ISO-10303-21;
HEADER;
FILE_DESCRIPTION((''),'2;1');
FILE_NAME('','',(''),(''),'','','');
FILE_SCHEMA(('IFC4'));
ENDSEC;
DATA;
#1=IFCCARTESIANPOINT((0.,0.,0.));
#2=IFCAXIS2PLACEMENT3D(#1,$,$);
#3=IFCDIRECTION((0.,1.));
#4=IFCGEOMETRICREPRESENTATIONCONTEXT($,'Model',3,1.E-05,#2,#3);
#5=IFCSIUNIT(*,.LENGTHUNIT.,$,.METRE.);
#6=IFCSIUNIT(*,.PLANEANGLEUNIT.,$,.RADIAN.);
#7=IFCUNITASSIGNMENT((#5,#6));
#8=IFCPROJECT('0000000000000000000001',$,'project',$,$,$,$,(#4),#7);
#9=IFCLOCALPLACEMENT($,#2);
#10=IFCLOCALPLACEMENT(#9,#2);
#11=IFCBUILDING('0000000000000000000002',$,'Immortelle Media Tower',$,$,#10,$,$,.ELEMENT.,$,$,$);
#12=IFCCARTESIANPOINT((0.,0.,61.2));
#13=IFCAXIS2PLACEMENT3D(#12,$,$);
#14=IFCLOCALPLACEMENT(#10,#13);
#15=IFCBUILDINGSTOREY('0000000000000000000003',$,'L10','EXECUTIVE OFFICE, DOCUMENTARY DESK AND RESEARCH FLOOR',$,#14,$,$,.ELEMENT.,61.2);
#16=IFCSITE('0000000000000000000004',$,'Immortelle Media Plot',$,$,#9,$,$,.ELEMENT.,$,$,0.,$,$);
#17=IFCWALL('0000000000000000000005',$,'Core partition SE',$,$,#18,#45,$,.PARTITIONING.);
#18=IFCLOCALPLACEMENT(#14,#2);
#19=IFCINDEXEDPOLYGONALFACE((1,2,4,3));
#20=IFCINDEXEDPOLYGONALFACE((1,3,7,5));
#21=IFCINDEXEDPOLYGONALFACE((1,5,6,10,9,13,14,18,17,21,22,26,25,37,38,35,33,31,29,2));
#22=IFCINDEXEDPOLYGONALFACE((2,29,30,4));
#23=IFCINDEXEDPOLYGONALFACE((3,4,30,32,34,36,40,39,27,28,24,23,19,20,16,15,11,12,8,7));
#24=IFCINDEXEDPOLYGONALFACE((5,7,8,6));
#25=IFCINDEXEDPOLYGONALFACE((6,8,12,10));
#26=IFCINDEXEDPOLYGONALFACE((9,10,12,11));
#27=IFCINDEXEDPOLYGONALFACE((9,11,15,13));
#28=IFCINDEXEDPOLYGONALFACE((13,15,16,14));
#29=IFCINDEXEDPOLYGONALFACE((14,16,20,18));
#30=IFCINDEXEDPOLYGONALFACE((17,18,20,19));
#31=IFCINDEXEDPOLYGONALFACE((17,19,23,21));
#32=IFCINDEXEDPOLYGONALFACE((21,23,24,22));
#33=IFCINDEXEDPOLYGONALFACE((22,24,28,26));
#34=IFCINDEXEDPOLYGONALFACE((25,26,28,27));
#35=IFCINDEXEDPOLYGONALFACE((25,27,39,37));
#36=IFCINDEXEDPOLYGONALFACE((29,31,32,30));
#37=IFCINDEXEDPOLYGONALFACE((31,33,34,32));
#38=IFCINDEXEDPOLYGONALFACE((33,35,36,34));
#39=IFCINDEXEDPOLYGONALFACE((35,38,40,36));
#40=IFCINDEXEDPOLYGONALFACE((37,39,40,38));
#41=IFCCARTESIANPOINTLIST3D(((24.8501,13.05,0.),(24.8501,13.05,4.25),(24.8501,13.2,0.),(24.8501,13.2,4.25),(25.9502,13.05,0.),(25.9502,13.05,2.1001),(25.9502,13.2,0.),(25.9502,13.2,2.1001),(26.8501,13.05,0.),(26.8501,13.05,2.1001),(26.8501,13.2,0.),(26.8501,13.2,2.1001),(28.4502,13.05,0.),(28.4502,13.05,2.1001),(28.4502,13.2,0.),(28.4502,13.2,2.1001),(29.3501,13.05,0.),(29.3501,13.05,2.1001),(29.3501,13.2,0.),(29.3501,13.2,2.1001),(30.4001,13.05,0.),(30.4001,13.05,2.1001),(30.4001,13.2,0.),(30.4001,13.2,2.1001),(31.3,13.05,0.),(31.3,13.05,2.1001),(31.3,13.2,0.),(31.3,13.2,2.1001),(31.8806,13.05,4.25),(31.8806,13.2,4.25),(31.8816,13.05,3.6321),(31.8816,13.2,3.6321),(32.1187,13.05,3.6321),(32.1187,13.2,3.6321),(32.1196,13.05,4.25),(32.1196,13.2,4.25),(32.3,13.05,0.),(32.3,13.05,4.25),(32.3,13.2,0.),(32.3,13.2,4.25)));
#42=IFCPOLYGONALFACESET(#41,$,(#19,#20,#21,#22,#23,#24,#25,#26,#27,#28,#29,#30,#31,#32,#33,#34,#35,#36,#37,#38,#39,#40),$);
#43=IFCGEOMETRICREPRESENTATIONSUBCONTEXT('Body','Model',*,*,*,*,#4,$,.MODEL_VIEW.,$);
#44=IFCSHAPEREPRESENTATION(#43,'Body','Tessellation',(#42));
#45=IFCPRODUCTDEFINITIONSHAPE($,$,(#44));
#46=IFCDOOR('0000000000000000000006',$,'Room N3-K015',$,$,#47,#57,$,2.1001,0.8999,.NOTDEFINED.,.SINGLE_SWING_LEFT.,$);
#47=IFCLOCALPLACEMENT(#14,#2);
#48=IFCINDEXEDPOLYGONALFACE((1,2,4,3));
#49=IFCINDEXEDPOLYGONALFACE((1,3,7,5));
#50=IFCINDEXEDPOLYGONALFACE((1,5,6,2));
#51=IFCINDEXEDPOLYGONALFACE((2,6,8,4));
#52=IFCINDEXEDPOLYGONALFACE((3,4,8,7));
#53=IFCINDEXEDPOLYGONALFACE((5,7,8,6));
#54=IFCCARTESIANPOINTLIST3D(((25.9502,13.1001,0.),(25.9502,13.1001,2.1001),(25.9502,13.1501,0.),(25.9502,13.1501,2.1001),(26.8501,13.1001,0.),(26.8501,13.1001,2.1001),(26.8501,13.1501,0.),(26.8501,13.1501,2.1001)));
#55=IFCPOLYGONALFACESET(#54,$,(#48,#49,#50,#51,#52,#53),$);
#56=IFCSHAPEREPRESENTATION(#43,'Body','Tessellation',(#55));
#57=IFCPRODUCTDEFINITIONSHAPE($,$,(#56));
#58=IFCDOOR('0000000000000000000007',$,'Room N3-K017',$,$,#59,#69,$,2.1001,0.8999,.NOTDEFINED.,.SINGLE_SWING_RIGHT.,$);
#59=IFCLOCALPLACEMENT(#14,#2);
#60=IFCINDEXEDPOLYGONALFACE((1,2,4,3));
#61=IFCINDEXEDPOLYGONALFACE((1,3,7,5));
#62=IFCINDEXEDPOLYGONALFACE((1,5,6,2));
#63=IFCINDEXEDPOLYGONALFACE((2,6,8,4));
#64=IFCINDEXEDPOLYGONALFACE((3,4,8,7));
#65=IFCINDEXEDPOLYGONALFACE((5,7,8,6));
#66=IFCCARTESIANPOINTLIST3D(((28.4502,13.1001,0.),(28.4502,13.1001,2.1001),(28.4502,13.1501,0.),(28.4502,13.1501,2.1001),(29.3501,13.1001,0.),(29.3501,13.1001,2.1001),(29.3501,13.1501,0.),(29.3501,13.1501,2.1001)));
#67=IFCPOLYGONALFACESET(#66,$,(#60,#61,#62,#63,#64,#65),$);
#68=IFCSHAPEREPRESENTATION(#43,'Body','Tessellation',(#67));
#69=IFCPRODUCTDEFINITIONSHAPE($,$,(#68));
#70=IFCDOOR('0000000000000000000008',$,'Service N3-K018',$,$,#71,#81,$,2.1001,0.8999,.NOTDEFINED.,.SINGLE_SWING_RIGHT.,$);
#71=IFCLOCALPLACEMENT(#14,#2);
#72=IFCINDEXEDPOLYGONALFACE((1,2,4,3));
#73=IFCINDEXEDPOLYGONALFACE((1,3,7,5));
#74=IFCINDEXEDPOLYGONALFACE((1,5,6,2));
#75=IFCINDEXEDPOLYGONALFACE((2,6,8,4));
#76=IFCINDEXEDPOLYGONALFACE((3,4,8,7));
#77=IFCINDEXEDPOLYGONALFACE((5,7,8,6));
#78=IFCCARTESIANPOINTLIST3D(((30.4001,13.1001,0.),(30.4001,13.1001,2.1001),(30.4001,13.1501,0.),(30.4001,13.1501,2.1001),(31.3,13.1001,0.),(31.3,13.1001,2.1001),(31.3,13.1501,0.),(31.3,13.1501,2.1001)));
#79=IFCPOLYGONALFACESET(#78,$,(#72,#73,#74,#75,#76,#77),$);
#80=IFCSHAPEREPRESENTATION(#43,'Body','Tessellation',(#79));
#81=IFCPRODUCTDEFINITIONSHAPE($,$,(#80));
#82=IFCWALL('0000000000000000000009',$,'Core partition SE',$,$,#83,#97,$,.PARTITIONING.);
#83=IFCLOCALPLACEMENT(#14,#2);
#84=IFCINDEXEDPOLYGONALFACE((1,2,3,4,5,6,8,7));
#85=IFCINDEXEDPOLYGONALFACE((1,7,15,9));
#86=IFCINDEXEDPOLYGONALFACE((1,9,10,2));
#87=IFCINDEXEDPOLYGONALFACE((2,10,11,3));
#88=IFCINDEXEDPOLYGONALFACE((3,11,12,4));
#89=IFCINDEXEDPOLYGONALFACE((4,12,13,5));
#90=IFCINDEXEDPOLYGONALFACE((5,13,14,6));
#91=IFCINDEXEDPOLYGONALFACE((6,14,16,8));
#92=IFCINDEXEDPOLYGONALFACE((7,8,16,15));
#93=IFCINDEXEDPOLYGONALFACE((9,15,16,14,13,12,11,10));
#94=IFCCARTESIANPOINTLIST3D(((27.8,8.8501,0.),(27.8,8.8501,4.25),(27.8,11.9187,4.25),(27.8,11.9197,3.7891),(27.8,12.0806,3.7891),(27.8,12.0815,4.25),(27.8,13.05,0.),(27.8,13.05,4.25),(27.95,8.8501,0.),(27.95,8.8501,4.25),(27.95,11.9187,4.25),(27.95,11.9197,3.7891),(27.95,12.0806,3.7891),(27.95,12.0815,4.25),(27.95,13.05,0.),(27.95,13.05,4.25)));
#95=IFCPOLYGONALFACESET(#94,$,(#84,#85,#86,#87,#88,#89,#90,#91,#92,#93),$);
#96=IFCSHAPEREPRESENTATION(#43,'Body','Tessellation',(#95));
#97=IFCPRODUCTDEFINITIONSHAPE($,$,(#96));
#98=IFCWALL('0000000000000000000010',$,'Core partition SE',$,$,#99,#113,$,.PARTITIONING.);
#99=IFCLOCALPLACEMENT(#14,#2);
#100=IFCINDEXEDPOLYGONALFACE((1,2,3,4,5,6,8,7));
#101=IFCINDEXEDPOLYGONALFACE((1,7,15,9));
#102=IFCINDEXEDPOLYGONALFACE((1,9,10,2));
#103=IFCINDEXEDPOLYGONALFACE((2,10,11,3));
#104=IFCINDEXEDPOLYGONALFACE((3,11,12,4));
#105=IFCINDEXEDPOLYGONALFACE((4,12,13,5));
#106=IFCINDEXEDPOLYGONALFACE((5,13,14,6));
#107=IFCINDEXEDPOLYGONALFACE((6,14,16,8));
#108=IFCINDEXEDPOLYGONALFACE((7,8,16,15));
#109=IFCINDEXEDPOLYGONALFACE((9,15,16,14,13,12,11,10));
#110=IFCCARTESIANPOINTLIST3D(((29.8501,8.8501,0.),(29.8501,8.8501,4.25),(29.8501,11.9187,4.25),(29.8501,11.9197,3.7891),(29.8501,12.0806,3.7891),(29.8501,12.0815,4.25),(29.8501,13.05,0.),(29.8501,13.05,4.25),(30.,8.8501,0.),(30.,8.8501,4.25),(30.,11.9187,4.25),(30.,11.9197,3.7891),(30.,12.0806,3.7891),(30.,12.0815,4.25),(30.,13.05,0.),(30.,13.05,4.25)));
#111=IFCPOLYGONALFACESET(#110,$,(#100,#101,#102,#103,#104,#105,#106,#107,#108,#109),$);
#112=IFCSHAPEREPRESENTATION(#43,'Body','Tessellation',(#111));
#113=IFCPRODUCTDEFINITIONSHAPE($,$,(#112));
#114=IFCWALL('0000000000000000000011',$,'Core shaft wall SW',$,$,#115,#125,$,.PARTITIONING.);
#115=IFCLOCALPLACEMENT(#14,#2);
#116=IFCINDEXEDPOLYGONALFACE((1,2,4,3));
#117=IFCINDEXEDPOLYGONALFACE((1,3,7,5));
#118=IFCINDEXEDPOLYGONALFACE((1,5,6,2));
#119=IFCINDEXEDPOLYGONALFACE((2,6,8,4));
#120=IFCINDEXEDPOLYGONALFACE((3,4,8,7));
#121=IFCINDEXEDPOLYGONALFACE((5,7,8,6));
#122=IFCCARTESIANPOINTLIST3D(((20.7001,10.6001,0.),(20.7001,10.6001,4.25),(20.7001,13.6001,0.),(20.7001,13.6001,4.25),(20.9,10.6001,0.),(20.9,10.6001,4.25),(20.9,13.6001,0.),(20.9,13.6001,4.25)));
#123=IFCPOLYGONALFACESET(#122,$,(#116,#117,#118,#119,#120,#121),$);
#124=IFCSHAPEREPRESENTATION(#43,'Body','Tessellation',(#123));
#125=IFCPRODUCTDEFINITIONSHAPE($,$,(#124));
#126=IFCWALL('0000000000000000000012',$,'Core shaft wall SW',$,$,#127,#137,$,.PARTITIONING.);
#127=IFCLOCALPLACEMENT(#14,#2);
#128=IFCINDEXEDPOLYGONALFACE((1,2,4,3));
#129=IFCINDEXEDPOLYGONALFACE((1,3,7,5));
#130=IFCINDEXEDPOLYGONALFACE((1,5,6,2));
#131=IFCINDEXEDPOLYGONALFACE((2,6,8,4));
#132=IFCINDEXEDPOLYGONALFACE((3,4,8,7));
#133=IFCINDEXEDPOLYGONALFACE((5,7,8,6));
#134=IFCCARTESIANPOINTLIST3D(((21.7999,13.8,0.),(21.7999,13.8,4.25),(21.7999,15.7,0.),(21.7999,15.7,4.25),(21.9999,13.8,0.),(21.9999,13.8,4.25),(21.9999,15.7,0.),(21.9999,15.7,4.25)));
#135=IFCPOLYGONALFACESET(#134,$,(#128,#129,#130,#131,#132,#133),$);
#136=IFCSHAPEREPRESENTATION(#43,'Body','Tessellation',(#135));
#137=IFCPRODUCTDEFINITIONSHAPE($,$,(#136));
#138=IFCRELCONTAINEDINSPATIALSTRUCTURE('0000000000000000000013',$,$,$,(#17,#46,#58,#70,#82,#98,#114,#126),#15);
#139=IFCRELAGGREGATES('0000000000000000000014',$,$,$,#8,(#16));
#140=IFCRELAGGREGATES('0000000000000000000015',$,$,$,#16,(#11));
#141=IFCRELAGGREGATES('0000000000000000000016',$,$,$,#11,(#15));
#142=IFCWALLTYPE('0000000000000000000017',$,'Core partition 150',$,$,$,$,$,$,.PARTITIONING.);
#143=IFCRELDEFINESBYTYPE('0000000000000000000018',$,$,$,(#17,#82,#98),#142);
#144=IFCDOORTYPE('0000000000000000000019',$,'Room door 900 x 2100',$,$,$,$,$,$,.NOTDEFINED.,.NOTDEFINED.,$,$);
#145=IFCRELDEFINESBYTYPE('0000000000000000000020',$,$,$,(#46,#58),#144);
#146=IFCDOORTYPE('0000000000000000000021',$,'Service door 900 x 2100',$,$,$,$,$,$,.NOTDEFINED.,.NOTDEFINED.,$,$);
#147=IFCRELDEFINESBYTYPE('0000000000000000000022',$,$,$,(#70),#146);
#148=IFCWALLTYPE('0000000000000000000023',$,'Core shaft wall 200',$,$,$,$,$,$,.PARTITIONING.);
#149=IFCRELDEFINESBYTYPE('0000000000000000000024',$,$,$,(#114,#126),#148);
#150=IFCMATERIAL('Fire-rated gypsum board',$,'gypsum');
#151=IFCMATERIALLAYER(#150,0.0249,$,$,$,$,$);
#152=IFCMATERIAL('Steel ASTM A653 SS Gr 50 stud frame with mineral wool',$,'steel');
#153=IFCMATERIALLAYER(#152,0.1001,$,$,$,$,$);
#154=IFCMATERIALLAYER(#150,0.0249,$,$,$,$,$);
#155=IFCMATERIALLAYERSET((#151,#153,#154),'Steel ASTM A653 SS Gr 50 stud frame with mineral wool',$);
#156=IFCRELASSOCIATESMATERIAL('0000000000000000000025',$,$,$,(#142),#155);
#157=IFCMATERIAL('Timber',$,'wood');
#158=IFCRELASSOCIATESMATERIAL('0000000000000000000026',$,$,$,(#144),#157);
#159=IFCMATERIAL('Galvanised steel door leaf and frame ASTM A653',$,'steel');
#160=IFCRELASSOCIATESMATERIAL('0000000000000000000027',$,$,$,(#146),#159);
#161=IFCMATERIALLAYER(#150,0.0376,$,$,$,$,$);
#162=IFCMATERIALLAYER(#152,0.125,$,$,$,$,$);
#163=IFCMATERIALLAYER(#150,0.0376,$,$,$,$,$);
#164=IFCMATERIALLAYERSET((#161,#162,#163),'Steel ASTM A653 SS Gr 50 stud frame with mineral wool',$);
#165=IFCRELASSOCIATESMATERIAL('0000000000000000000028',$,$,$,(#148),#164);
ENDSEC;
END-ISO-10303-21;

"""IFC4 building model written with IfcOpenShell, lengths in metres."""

from ifc_helpers import new_model, si_unit, direction, frame, frame_2d, origin, place, context, subcontext, project, spatial, polyline, rectangle, outline, extrude, material, layer, layer_set, type_object, element, fill, save


model = new_model("IFC4")

# Units and contexts
model_context = context("Model", 3, precision=1e-05, world=origin(), true_north=direction((0.0, 1.0)))
body_context = subcontext(model_context, "Body", "Model", "MODEL_VIEW")
ifc_project = project(units=[si_unit("LENGTHUNIT", "METRE"), si_unit("PLANEANGLEUNIT", "RADIAN")], contexts=[model_context])

# Site, building, storey
site_placement = place(None, origin())
site = spatial("IfcSite", under=ifc_project, at=site_placement, Name="Immortelle Media Plot", CompositionType="ELEMENT", RefElevation=0.0)
building_placement = place(site_placement, origin())
building = spatial("IfcBuilding", under=site, at=building_placement, Name="Immortelle Media Tower", CompositionType="ELEMENT")
storey_placement = place(building_placement, frame((0.0, 0.0, 61.2)))
storey = spatial("IfcBuildingStorey", under=building, at=storey_placement, Name="L10", Description="EXECUTIVE OFFICE, DOCUMENTARY DESK AND RESEARCH FLOOR", CompositionType="ELEMENT", Elevation=61.2)

# Wall, openings, doors
ifc_material_1 = material(Name="Fire-rated gypsum board", Category="gypsum")
ifc_layer_1 = layer(ifc_material_1, 0.0249)
ifc_material_2 = material(Name="Steel ASTM A653 SS Gr 50 stud frame with mineral wool", Category="steel")
ifc_layer_2 = layer(ifc_material_2, 0.1001)
ifc_layer_3 = layer(ifc_material_1, 0.0249)
ifc_layer_set_1 = layer_set([ifc_layer_1, ifc_layer_2, ifc_layer_3], Name="Steel ASTM A653 SS Gr 50 stud frame with mineral wool")
wall_type_1 = type_object("IfcWallType", Name="Core partition 150", PredefinedType="PARTITIONING", material=ifc_layer_set_1)
wall_1_placement = place(storey_placement, frame((24.8501, 13.125, 0.0), z_axis=(0.0, 0.0, 1.0), x_axis=(1.0, 0.0, 0.0)))
wall_1 = element("IfcWall", 1, at=wall_1_placement, inside=storey, type_object=wall_type_1, Name="Core partition SE", PredefinedType="PARTITIONING", context=body_context, shape_type="SweptSolid", body=[
    extrude(outline(polyline([(0.0, 0.0), (7.45, 0.0), (7.45, 4.25), (7.2695, 4.25), (7.2686, 3.6321), (7.0315, 3.6321), (7.0305, 4.25), (0.0, 4.25), (0.0, 0.0)])), frame((0.0, 0.075, 0.0), z_axis=(0.0, -1.0, 0.0), x_axis=(1.0, 0.0, 0.0)), (0.0, 0.0, 1.0), 0.1499),
])
opening_1_placement = place(wall_1_placement, frame((2.0, 0.0, 0.0), z_axis=(0.0, 0.0, 1.0), x_axis=(-1.0, 0.0, 0.0)))
opening_1 = element("IfcOpeningElement", 2, at=opening_1_placement, cuts=wall_1, PredefinedType="OPENING", context=body_context, shape_type="SweptSolid", body=[
    extrude(rectangle(XDim=0.8999, YDim=2.1001, at=frame_2d((0.45, 1.05))), frame((0.0, 0.085, 0.0), z_axis=(0.0, -1.0, 0.0), x_axis=(1.0, 0.0, 0.0)), (0.0, 0.0, 1.0), 0.1699),
])
opening_2_placement = place(wall_1_placement, frame((4.5, 0.0, 0.0), z_axis=(0.0, 0.0, 1.0), x_axis=(-1.0, 0.0, 0.0)))
opening_2 = element("IfcOpeningElement", 3, at=opening_2_placement, cuts=wall_1, PredefinedType="OPENING", context=body_context, shape_type="SweptSolid", body=[
    extrude(rectangle(XDim=0.8999, YDim=2.1001, at=frame_2d((0.45, 1.05))), frame((0.0, 0.085, 0.0), z_axis=(0.0, -1.0, 0.0), x_axis=(1.0, 0.0, 0.0)), (0.0, 0.0, 1.0), 0.1699),
])
opening_3_placement = place(wall_1_placement, frame((6.45, 0.0, 0.0), z_axis=(0.0, 0.0, 1.0), x_axis=(-1.0, 0.0, 0.0)))
opening_3 = element("IfcOpeningElement", 4, at=opening_3_placement, cuts=wall_1, PredefinedType="OPENING", context=body_context, shape_type="SweptSolid", body=[
    extrude(rectangle(XDim=0.8999, YDim=2.1001, at=frame_2d((0.45, 1.05))), frame((0.0, 0.085, 0.0), z_axis=(0.0, -1.0, 0.0), x_axis=(1.0, 0.0, 0.0)), (0.0, 0.0, 1.0), 0.1699),
])
ifc_material_3 = material(Name="Timber", Category="wood")
door_type_1 = type_object("IfcDoorType", Name="Room door 900 x 2100", OperationType="NOTDEFINED", PredefinedType="NOTDEFINED", material=ifc_material_3)
door_1_placement = place(opening_1_placement, origin())
door_1 = element("IfcDoor", 5, at=door_1_placement, inside=storey, type_object=door_type_1, Name="Room N3-K015", OperationType="SINGLE_SWING_LEFT", OverallHeight=2.1001, OverallWidth=0.8999, PredefinedType="NOTDEFINED", context=body_context, shape_type="SweptSolid", body=[
    extrude(rectangle(XDim=0.8999, YDim=2.1001, at=frame_2d((0.45, 1.05))), frame((0.0, 0.0249, 0.0), z_axis=(0.0, -1.0, 0.0), x_axis=(1.0, 0.0, 0.0)), (0.0, 0.0, 1.0), 0.05),
])
fill(opening_1, door_1)
door_2_placement = place(opening_2_placement, origin())
door_2 = element("IfcDoor", 6, at=door_2_placement, inside=storey, type_object=door_type_1, Name="Room N3-K017", OperationType="SINGLE_SWING_RIGHT", OverallHeight=2.1001, OverallWidth=0.8999, PredefinedType="NOTDEFINED", context=body_context, shape_type="SweptSolid", body=[
    extrude(rectangle(XDim=0.8999, YDim=2.1001, at=frame_2d((0.45, 1.05))), frame((0.0, 0.0249, 0.0), z_axis=(0.0, -1.0, 0.0), x_axis=(1.0, 0.0, 0.0)), (0.0, 0.0, 1.0), 0.05),
])
fill(opening_2, door_2)
ifc_material_4 = material(Name="Galvanised steel door leaf and frame ASTM A653", Category="steel")
door_type_2 = type_object("IfcDoorType", Name="Service door 900 x 2100", OperationType="NOTDEFINED", PredefinedType="NOTDEFINED", material=ifc_material_4)
door_3_placement = place(opening_3_placement, origin())
door_3 = element("IfcDoor", 7, at=door_3_placement, inside=storey, type_object=door_type_2, Name="Service N3-K018", OperationType="SINGLE_SWING_RIGHT", OverallHeight=2.1001, OverallWidth=0.8999, PredefinedType="NOTDEFINED", context=body_context, shape_type="SweptSolid", body=[
    extrude(rectangle(XDim=0.8999, YDim=2.1001, at=frame_2d((0.45, 1.05))), frame((0.0, 0.0249, 0.0), z_axis=(0.0, -1.0, 0.0), x_axis=(1.0, 0.0, 0.0)), (0.0, 0.0, 1.0), 0.05),
])
fill(opening_3, door_3)

# Walls
for number, where, z_axis, x_axis, name in (
    (8, (27.875, 8.8501, 0.0), (0.0, 0.0, 1.0), (0.0, 1.0, 0.0), "Core partition SE"),
    (9, (29.925, 8.8501, 0.0), (0.0, 0.0, 1.0), (0.0, 1.0, 0.0), "Core partition SE"),
):
    element("IfcWall", number, at=place(storey_placement, frame(where, z_axis=z_axis, x_axis=x_axis)), inside=storey, type_object=wall_type_1, Name=name, PredefinedType="PARTITIONING", context=body_context, shape_type="SweptSolid", body=[
        extrude(outline(polyline([(0.0, 0.0), (4.2, 0.0), (4.2, 4.25), (3.2314, 4.25), (3.2305, 3.7891), (3.0696, 3.7891), (3.0686, 4.25), (0.0, 4.25), (0.0, 0.0)])), frame((0.0, 0.075, 0.0), z_axis=(0.0, -1.0, 0.0), x_axis=(1.0, 0.0, 0.0)), (0.0, 0.0, 1.0), 0.1499),
    ])
ifc_layer_4 = layer(ifc_material_1, 0.0376)
ifc_layer_5 = layer(ifc_material_2, 0.125)
ifc_layer_6 = layer(ifc_material_1, 0.0376)
ifc_layer_set_2 = layer_set([ifc_layer_4, ifc_layer_5, ifc_layer_6], Name="Steel ASTM A653 SS Gr 50 stud frame with mineral wool")
wall_type_2 = type_object("IfcWallType", Name="Core shaft wall 200", PredefinedType="PARTITIONING", material=ifc_layer_set_2)
wall_2_placement = place(storey_placement, frame((20.8, 10.6001, 0.0), z_axis=(0.0, 0.0, 1.0), x_axis=(0.0, 1.0, 0.0)))
element("IfcWall", 10, at=wall_2_placement, inside=storey, type_object=wall_type_2, Name="Core shaft wall SW", PredefinedType="PARTITIONING", context=body_context, shape_type="SweptSolid", body=[
    extrude(rectangle(XDim=3.0, YDim=0.2, at=frame_2d((1.5, 0.0))), origin(), (0.0, 0.0, 1.0), 4.25),
])
wall_3_placement = place(storey_placement, frame((21.8999, 13.8, 0.0), z_axis=(0.0, 0.0, 1.0), x_axis=(0.0, 1.0, 0.0)))
element("IfcWall", 11, at=wall_3_placement, inside=storey, type_object=wall_type_2, Name="Core shaft wall SW", PredefinedType="PARTITIONING", context=body_context, shape_type="SweptSolid", body=[
    extrude(rectangle(XDim=1.8999, YDim=0.2, at=frame_2d((0.95, 0.0))), origin(), (0.0, 0.0, 1.0), 4.25),
])

save(model, "model.ifc")
